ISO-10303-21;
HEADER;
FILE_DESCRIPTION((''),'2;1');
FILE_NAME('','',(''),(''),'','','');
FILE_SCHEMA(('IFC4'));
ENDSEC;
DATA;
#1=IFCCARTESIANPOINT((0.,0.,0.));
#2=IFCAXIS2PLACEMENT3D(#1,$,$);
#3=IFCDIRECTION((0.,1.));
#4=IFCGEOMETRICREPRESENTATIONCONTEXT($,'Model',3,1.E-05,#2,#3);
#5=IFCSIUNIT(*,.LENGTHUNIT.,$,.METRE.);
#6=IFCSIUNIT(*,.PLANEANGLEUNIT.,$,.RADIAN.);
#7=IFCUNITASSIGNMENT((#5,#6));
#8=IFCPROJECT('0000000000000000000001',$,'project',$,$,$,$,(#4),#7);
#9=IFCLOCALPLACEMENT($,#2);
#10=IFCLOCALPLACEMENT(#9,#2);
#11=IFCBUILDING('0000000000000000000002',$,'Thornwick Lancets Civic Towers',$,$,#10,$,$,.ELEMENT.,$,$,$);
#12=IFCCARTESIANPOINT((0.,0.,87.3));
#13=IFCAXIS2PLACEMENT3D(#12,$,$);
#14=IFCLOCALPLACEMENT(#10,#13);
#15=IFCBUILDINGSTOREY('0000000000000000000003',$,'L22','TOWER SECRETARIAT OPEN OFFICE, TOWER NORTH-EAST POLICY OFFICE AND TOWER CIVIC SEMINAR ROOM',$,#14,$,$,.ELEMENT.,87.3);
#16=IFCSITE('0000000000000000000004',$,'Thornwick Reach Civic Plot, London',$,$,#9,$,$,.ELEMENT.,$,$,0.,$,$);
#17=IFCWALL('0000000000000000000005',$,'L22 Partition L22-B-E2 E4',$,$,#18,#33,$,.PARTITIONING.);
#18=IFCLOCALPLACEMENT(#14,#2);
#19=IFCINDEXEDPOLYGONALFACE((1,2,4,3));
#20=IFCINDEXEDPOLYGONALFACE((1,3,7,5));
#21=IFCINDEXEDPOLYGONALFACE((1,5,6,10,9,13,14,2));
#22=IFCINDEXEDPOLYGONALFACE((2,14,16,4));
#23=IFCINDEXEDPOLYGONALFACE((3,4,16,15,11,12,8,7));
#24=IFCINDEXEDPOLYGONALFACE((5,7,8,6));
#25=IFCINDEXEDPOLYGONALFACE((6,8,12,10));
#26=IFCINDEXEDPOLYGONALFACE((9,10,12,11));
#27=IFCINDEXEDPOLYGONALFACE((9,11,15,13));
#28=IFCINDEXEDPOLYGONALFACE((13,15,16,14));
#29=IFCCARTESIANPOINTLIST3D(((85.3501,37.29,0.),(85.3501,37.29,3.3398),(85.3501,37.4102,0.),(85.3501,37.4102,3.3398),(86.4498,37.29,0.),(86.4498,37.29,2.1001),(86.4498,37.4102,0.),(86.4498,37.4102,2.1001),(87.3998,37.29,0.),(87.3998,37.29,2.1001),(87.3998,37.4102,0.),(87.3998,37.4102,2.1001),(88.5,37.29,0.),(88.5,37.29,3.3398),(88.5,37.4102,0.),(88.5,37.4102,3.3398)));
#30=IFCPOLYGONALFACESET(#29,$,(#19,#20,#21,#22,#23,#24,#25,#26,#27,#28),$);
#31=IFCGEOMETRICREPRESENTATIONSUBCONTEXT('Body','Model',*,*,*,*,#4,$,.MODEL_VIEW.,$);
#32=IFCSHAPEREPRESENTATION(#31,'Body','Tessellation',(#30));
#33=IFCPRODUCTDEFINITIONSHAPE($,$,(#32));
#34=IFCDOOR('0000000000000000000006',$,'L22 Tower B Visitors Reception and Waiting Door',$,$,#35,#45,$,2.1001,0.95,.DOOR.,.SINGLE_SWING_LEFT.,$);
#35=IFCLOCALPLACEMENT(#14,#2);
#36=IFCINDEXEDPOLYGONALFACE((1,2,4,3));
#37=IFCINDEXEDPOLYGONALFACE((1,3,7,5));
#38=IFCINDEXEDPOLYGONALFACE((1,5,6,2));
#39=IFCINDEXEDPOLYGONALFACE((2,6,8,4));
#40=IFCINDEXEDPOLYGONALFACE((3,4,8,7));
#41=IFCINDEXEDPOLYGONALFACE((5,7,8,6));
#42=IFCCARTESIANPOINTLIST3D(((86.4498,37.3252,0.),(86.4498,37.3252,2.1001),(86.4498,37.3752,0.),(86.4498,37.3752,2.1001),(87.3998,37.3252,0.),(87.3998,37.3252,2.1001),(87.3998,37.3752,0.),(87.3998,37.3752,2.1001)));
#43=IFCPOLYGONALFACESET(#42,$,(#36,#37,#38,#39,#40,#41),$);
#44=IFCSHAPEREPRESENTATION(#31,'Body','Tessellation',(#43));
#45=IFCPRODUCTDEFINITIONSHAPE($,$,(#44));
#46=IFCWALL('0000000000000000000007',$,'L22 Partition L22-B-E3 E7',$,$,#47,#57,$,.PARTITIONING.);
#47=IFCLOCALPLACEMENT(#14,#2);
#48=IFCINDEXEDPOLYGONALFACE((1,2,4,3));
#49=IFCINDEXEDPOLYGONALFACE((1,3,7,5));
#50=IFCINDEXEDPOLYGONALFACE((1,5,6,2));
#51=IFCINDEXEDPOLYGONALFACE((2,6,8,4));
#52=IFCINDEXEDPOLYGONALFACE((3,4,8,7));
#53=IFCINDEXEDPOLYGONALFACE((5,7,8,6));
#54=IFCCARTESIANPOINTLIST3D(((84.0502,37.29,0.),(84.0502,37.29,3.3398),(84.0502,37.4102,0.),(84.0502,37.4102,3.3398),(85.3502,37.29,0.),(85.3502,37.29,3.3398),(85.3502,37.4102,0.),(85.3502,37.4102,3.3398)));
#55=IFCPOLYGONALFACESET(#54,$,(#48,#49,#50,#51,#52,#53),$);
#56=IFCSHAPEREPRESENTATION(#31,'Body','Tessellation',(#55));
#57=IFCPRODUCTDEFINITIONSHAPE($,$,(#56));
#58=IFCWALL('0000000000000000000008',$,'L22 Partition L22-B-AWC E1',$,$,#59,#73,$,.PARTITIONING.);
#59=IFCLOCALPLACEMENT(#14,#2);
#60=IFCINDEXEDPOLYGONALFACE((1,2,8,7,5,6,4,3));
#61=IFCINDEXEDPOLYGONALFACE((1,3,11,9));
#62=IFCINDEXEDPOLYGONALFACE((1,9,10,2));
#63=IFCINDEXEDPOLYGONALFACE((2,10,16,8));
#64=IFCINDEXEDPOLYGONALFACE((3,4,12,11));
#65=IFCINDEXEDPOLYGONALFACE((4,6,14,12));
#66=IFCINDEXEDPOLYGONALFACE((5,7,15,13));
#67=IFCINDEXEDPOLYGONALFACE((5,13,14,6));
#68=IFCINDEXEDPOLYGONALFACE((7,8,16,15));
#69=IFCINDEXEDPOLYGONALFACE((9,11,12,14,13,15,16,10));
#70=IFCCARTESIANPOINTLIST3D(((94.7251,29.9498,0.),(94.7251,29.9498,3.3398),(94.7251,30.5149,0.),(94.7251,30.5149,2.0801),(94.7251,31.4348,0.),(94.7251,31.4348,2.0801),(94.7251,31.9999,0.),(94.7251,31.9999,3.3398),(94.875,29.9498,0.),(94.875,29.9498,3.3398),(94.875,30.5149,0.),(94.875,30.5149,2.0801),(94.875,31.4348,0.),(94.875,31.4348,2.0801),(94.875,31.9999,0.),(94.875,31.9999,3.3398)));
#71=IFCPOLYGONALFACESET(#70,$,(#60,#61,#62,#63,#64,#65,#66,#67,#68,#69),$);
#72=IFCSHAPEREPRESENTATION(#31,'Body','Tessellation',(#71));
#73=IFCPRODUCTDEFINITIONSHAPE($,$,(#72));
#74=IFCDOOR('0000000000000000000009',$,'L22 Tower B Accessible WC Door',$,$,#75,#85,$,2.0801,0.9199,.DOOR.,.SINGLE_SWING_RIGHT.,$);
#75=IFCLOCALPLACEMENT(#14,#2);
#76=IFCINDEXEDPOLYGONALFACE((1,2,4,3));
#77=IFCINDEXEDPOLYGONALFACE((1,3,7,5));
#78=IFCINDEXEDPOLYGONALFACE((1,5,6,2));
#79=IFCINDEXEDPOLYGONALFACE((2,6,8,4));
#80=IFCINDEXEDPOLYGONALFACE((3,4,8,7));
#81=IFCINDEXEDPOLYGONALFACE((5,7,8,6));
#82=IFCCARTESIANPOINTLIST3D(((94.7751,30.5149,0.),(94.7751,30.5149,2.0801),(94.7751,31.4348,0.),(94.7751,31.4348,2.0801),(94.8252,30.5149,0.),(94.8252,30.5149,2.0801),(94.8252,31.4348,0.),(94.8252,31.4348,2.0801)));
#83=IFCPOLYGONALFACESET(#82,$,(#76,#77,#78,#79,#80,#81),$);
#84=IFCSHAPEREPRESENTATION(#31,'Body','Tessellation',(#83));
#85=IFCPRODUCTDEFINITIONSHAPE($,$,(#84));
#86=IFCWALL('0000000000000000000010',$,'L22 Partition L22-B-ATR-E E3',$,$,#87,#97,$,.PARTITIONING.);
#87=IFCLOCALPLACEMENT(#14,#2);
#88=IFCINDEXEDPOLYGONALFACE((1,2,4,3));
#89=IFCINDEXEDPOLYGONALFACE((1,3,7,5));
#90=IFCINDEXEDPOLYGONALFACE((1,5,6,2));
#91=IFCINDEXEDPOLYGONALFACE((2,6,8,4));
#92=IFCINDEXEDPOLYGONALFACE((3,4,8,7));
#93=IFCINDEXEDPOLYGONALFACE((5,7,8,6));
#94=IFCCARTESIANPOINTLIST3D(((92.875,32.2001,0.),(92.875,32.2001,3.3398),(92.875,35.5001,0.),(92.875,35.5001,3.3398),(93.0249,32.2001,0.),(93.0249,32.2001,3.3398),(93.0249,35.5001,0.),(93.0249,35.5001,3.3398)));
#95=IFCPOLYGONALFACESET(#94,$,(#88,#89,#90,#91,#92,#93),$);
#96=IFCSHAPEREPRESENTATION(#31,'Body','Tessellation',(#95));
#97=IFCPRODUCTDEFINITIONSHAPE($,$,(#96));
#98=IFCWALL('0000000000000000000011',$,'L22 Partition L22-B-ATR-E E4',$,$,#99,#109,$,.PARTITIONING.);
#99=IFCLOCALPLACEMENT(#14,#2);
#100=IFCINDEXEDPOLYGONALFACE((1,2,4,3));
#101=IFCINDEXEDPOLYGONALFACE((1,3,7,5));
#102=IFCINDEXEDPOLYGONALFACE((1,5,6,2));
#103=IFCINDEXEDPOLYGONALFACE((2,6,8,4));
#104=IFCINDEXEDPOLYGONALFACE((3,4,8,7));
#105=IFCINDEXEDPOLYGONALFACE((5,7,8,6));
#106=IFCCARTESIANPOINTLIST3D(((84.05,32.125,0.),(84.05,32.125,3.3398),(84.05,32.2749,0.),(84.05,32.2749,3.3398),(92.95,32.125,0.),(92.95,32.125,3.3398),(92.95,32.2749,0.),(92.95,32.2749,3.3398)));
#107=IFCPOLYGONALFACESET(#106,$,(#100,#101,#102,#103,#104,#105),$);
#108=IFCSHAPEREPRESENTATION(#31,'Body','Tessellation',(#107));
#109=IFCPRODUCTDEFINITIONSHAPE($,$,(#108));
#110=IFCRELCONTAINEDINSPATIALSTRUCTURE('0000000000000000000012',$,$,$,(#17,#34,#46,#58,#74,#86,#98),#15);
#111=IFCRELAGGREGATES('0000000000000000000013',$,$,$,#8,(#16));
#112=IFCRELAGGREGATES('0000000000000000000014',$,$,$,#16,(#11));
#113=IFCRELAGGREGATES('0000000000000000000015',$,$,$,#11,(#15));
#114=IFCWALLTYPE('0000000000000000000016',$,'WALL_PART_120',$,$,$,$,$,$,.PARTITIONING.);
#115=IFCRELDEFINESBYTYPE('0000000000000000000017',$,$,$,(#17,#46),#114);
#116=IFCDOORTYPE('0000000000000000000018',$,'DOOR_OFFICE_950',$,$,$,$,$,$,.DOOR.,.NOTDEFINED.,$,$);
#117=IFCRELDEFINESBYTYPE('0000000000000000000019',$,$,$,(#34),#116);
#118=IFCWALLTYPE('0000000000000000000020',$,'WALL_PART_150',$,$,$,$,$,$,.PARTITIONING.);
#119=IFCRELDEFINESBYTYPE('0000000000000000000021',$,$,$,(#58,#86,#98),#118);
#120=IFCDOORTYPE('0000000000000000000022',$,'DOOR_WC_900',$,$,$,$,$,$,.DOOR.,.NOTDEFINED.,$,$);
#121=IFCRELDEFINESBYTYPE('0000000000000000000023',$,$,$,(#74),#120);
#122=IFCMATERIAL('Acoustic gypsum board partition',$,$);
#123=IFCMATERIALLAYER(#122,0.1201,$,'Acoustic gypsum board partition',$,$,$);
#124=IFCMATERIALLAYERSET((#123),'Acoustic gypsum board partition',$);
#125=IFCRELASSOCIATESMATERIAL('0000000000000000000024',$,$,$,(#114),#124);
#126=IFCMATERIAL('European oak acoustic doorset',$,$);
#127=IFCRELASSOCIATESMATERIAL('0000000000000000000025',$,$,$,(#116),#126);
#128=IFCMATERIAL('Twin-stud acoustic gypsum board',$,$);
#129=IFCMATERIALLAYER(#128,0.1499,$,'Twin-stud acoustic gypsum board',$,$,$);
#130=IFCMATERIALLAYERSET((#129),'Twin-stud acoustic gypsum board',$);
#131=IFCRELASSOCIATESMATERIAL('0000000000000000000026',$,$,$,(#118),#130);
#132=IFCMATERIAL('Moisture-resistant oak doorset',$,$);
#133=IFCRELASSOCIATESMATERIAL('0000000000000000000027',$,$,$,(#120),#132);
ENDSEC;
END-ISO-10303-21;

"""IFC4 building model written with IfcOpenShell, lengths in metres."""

from ifc_helpers import new_model, si_unit, direction, frame, frame_2d, origin, place, context, subcontext, project, spatial, rectangle, extrude, material, layer, layer_set, type_object, element, fill, save


model = new_model("IFC4")

# Units and contexts
model_context = context("Model", 3, precision=1e-05, world=origin(), true_north=direction((0.0, 1.0)))
body_context = subcontext(model_context, "Body", "Model", "MODEL_VIEW")
ifc_project = project(units=[si_unit("LENGTHUNIT", "METRE"), si_unit("PLANEANGLEUNIT", "RADIAN")], contexts=[model_context])

# Site, building, storey
site_placement = place(None, origin())
site = spatial("IfcSite", under=ifc_project, at=site_placement, Name="Thornwick Reach Civic Plot, London", CompositionType="ELEMENT", RefElevation=0.0)
building_placement = place(site_placement, origin())
building = spatial("IfcBuilding", under=site, at=building_placement, Name="Thornwick Lancets Civic Towers", CompositionType="ELEMENT")
storey_placement = place(building_placement, frame((0.0, 0.0, 87.3)))
storey = spatial("IfcBuildingStorey", under=building, at=storey_placement, Name="L22", Description="TOWER SECRETARIAT OPEN OFFICE, TOWER NORTH-EAST POLICY OFFICE AND TOWER CIVIC SEMINAR ROOM", CompositionType="ELEMENT", Elevation=87.3)

# Shared definitions
ifc_material_1 = material(Name="Acoustic gypsum board partition")
ifc_layer_1 = layer(ifc_material_1, 0.1201, Name="Acoustic gypsum board partition")
ifc_layer_set_1 = layer_set([ifc_layer_1], Name="Acoustic gypsum board partition")
wall_type_1 = type_object("IfcWallType", Name="WALL_PART_120", PredefinedType="PARTITIONING", material=ifc_layer_set_1)

# Wall, opening, door
wall_1_placement = place(storey_placement, frame((88.5, 37.3501, 0.0), z_axis=(0.0, 0.0, 1.0), x_axis=(-1.0, 0.0, 0.0)))
wall_1 = element("IfcWall", 1, at=wall_1_placement, inside=storey, type_object=wall_type_1, Name="L22 Partition L22-B-E2 E4", PredefinedType="PARTITIONING", context=body_context, shape_type="SweptSolid", body=[
    extrude(rectangle(XDim=3.1499, YDim=0.1201, at=frame_2d((1.575, 0.0))), origin(), (0.0, 0.0, 1.0), 3.3398),
])
opening_1_placement = place(wall_1_placement, frame((1.1001, 0.0, 0.0)))
opening_1 = element("IfcOpeningElement", 2, at=opening_1_placement, cuts=wall_1, PredefinedType="OPENING", context=body_context, shape_type="SweptSolid", body=[
    extrude(rectangle(XDim=0.95, YDim=2.1001, at=frame_2d((0.4751, 1.05))), frame((0.0, 0.0701, 0.0), z_axis=(0.0, -1.0, 0.0), x_axis=(1.0, 0.0, 0.0)), (0.0, 0.0, 1.0), 0.1401),
])
ifc_material_2 = material(Name="European oak acoustic doorset")
door_type_1 = type_object("IfcDoorType", Name="DOOR_OFFICE_950", OperationType="NOTDEFINED", PredefinedType="DOOR", material=ifc_material_2)
door_1_placement = place(opening_1_placement, origin())
door_1 = element("IfcDoor", 3, at=door_1_placement, inside=storey, type_object=door_type_1, Name="L22 Tower B Visitors Reception and Waiting Door", OperationType="SINGLE_SWING_LEFT", OverallHeight=2.1001, OverallWidth=0.95, PredefinedType="DOOR", context=body_context, shape_type="SweptSolid", body=[
    extrude(rectangle(XDim=0.95, YDim=2.1001, at=frame_2d((0.4751, 1.05))), frame((0.0, 0.0249, 0.0), z_axis=(0.0, -1.0, 0.0), x_axis=(1.0, 0.0, 0.0)), (0.0, 0.0, 1.0), 0.05),
])
fill(opening_1, door_1)

# Wall
wall_2_placement = place(storey_placement, frame((85.3501, 37.3501, 0.0), z_axis=(0.0, 0.0, 1.0), x_axis=(-1.0, 0.0, 0.0)))
element("IfcWall", 4, at=wall_2_placement, inside=storey, type_object=wall_type_1, Name="L22 Partition L22-B-E3 E7", PredefinedType="PARTITIONING", context=body_context, shape_type="SweptSolid", body=[
    extrude(rectangle(XDim=1.3, YDim=0.1201, at=frame_2d((0.6499, 0.0))), origin(), (0.0, 0.0, 1.0), 3.3398),
])

# Wall, opening, door
ifc_material_3 = material(Name="Twin-stud acoustic gypsum board")
ifc_layer_2 = layer(ifc_material_3, 0.1499, Name="Twin-stud acoustic gypsum board")
ifc_layer_set_2 = layer_set([ifc_layer_2], Name="Twin-stud acoustic gypsum board")
wall_type_2 = type_object("IfcWallType", Name="WALL_PART_150", PredefinedType="PARTITIONING", material=ifc_layer_set_2)
wall_3_placement = place(storey_placement, frame((94.8, 29.95, 0.0), z_axis=(0.0, 0.0, 1.0), x_axis=(0.0, 1.0, 0.0)))
wall_3 = element("IfcWall", 5, at=wall_3_placement, inside=storey, type_object=wall_type_2, Name="L22 Partition L22-B-AWC E1", PredefinedType="PARTITIONING", context=body_context, shape_type="SweptSolid", body=[
    extrude(rectangle(XDim=2.05, YDim=0.1499, at=frame_2d((1.0249, 0.0))), origin(), (0.0, 0.0, 1.0), 3.3398),
])
opening_2_placement = place(wall_3_placement, frame((0.5649, 0.0, 0.0)))
opening_2 = element("IfcOpeningElement", 6, at=opening_2_placement, cuts=wall_3, PredefinedType="OPENING", context=body_context, shape_type="SweptSolid", body=[
    extrude(rectangle(XDim=0.9199, YDim=2.0801, at=frame_2d((0.46, 1.04))), frame((0.0, 0.085, 0.0), z_axis=(0.0, -1.0, 0.0), x_axis=(1.0, 0.0, 0.0)), (0.0, 0.0, 1.0), 0.1699),
])
ifc_material_4 = material(Name="Moisture-resistant oak doorset")
door_type_2 = type_object("IfcDoorType", Name="DOOR_WC_900", OperationType="NOTDEFINED", PredefinedType="DOOR", material=ifc_material_4)
door_2_placement = place(opening_2_placement, origin())
door_2 = element("IfcDoor", 7, at=door_2_placement, inside=storey, type_object=door_type_2, Name="L22 Tower B Accessible WC Door", OperationType="SINGLE_SWING_RIGHT", OverallHeight=2.0801, OverallWidth=0.9199, PredefinedType="DOOR", context=body_context, shape_type="SweptSolid", body=[
    extrude(rectangle(XDim=0.9199, YDim=2.0801, at=frame_2d((0.46, 1.04))), frame((0.0, 0.0249, 0.0), z_axis=(0.0, -1.0, 0.0), x_axis=(1.0, 0.0, 0.0)), (0.0, 0.0, 1.0), 0.05),
])
fill(opening_2, door_2)

# Walls
wall_4_placement = place(storey_placement, frame((92.95, 35.5, 0.0), z_axis=(0.0, 0.0, 1.0), x_axis=(0.0, -1.0, 0.0)))
element("IfcWall", 8, at=wall_4_placement, inside=storey, type_object=wall_type_2, Name="L22 Partition L22-B-ATR-E E3", PredefinedType="PARTITIONING", context=body_context, shape_type="SweptSolid", body=[
    extrude(rectangle(XDim=3.3, YDim=0.1499, at=frame_2d((1.6499, 0.0))), origin(), (0.0, 0.0, 1.0), 3.3398),
])
wall_5_placement = place(storey_placement, frame((92.95, 32.2, 0.0), z_axis=(0.0, 0.0, 1.0), x_axis=(-1.0, 0.0, 0.0)))
element("IfcWall", 9, at=wall_5_placement, inside=storey, type_object=wall_type_2, Name="L22 Partition L22-B-ATR-E E4", PredefinedType="PARTITIONING", context=body_context, shape_type="SweptSolid", body=[
    extrude(rectangle(XDim=8.8999, YDim=0.1499, at=frame_2d((4.45, 0.0))), origin(), (0.0, 0.0, 1.0), 3.3398),
])

save(model, "model.ifc")
